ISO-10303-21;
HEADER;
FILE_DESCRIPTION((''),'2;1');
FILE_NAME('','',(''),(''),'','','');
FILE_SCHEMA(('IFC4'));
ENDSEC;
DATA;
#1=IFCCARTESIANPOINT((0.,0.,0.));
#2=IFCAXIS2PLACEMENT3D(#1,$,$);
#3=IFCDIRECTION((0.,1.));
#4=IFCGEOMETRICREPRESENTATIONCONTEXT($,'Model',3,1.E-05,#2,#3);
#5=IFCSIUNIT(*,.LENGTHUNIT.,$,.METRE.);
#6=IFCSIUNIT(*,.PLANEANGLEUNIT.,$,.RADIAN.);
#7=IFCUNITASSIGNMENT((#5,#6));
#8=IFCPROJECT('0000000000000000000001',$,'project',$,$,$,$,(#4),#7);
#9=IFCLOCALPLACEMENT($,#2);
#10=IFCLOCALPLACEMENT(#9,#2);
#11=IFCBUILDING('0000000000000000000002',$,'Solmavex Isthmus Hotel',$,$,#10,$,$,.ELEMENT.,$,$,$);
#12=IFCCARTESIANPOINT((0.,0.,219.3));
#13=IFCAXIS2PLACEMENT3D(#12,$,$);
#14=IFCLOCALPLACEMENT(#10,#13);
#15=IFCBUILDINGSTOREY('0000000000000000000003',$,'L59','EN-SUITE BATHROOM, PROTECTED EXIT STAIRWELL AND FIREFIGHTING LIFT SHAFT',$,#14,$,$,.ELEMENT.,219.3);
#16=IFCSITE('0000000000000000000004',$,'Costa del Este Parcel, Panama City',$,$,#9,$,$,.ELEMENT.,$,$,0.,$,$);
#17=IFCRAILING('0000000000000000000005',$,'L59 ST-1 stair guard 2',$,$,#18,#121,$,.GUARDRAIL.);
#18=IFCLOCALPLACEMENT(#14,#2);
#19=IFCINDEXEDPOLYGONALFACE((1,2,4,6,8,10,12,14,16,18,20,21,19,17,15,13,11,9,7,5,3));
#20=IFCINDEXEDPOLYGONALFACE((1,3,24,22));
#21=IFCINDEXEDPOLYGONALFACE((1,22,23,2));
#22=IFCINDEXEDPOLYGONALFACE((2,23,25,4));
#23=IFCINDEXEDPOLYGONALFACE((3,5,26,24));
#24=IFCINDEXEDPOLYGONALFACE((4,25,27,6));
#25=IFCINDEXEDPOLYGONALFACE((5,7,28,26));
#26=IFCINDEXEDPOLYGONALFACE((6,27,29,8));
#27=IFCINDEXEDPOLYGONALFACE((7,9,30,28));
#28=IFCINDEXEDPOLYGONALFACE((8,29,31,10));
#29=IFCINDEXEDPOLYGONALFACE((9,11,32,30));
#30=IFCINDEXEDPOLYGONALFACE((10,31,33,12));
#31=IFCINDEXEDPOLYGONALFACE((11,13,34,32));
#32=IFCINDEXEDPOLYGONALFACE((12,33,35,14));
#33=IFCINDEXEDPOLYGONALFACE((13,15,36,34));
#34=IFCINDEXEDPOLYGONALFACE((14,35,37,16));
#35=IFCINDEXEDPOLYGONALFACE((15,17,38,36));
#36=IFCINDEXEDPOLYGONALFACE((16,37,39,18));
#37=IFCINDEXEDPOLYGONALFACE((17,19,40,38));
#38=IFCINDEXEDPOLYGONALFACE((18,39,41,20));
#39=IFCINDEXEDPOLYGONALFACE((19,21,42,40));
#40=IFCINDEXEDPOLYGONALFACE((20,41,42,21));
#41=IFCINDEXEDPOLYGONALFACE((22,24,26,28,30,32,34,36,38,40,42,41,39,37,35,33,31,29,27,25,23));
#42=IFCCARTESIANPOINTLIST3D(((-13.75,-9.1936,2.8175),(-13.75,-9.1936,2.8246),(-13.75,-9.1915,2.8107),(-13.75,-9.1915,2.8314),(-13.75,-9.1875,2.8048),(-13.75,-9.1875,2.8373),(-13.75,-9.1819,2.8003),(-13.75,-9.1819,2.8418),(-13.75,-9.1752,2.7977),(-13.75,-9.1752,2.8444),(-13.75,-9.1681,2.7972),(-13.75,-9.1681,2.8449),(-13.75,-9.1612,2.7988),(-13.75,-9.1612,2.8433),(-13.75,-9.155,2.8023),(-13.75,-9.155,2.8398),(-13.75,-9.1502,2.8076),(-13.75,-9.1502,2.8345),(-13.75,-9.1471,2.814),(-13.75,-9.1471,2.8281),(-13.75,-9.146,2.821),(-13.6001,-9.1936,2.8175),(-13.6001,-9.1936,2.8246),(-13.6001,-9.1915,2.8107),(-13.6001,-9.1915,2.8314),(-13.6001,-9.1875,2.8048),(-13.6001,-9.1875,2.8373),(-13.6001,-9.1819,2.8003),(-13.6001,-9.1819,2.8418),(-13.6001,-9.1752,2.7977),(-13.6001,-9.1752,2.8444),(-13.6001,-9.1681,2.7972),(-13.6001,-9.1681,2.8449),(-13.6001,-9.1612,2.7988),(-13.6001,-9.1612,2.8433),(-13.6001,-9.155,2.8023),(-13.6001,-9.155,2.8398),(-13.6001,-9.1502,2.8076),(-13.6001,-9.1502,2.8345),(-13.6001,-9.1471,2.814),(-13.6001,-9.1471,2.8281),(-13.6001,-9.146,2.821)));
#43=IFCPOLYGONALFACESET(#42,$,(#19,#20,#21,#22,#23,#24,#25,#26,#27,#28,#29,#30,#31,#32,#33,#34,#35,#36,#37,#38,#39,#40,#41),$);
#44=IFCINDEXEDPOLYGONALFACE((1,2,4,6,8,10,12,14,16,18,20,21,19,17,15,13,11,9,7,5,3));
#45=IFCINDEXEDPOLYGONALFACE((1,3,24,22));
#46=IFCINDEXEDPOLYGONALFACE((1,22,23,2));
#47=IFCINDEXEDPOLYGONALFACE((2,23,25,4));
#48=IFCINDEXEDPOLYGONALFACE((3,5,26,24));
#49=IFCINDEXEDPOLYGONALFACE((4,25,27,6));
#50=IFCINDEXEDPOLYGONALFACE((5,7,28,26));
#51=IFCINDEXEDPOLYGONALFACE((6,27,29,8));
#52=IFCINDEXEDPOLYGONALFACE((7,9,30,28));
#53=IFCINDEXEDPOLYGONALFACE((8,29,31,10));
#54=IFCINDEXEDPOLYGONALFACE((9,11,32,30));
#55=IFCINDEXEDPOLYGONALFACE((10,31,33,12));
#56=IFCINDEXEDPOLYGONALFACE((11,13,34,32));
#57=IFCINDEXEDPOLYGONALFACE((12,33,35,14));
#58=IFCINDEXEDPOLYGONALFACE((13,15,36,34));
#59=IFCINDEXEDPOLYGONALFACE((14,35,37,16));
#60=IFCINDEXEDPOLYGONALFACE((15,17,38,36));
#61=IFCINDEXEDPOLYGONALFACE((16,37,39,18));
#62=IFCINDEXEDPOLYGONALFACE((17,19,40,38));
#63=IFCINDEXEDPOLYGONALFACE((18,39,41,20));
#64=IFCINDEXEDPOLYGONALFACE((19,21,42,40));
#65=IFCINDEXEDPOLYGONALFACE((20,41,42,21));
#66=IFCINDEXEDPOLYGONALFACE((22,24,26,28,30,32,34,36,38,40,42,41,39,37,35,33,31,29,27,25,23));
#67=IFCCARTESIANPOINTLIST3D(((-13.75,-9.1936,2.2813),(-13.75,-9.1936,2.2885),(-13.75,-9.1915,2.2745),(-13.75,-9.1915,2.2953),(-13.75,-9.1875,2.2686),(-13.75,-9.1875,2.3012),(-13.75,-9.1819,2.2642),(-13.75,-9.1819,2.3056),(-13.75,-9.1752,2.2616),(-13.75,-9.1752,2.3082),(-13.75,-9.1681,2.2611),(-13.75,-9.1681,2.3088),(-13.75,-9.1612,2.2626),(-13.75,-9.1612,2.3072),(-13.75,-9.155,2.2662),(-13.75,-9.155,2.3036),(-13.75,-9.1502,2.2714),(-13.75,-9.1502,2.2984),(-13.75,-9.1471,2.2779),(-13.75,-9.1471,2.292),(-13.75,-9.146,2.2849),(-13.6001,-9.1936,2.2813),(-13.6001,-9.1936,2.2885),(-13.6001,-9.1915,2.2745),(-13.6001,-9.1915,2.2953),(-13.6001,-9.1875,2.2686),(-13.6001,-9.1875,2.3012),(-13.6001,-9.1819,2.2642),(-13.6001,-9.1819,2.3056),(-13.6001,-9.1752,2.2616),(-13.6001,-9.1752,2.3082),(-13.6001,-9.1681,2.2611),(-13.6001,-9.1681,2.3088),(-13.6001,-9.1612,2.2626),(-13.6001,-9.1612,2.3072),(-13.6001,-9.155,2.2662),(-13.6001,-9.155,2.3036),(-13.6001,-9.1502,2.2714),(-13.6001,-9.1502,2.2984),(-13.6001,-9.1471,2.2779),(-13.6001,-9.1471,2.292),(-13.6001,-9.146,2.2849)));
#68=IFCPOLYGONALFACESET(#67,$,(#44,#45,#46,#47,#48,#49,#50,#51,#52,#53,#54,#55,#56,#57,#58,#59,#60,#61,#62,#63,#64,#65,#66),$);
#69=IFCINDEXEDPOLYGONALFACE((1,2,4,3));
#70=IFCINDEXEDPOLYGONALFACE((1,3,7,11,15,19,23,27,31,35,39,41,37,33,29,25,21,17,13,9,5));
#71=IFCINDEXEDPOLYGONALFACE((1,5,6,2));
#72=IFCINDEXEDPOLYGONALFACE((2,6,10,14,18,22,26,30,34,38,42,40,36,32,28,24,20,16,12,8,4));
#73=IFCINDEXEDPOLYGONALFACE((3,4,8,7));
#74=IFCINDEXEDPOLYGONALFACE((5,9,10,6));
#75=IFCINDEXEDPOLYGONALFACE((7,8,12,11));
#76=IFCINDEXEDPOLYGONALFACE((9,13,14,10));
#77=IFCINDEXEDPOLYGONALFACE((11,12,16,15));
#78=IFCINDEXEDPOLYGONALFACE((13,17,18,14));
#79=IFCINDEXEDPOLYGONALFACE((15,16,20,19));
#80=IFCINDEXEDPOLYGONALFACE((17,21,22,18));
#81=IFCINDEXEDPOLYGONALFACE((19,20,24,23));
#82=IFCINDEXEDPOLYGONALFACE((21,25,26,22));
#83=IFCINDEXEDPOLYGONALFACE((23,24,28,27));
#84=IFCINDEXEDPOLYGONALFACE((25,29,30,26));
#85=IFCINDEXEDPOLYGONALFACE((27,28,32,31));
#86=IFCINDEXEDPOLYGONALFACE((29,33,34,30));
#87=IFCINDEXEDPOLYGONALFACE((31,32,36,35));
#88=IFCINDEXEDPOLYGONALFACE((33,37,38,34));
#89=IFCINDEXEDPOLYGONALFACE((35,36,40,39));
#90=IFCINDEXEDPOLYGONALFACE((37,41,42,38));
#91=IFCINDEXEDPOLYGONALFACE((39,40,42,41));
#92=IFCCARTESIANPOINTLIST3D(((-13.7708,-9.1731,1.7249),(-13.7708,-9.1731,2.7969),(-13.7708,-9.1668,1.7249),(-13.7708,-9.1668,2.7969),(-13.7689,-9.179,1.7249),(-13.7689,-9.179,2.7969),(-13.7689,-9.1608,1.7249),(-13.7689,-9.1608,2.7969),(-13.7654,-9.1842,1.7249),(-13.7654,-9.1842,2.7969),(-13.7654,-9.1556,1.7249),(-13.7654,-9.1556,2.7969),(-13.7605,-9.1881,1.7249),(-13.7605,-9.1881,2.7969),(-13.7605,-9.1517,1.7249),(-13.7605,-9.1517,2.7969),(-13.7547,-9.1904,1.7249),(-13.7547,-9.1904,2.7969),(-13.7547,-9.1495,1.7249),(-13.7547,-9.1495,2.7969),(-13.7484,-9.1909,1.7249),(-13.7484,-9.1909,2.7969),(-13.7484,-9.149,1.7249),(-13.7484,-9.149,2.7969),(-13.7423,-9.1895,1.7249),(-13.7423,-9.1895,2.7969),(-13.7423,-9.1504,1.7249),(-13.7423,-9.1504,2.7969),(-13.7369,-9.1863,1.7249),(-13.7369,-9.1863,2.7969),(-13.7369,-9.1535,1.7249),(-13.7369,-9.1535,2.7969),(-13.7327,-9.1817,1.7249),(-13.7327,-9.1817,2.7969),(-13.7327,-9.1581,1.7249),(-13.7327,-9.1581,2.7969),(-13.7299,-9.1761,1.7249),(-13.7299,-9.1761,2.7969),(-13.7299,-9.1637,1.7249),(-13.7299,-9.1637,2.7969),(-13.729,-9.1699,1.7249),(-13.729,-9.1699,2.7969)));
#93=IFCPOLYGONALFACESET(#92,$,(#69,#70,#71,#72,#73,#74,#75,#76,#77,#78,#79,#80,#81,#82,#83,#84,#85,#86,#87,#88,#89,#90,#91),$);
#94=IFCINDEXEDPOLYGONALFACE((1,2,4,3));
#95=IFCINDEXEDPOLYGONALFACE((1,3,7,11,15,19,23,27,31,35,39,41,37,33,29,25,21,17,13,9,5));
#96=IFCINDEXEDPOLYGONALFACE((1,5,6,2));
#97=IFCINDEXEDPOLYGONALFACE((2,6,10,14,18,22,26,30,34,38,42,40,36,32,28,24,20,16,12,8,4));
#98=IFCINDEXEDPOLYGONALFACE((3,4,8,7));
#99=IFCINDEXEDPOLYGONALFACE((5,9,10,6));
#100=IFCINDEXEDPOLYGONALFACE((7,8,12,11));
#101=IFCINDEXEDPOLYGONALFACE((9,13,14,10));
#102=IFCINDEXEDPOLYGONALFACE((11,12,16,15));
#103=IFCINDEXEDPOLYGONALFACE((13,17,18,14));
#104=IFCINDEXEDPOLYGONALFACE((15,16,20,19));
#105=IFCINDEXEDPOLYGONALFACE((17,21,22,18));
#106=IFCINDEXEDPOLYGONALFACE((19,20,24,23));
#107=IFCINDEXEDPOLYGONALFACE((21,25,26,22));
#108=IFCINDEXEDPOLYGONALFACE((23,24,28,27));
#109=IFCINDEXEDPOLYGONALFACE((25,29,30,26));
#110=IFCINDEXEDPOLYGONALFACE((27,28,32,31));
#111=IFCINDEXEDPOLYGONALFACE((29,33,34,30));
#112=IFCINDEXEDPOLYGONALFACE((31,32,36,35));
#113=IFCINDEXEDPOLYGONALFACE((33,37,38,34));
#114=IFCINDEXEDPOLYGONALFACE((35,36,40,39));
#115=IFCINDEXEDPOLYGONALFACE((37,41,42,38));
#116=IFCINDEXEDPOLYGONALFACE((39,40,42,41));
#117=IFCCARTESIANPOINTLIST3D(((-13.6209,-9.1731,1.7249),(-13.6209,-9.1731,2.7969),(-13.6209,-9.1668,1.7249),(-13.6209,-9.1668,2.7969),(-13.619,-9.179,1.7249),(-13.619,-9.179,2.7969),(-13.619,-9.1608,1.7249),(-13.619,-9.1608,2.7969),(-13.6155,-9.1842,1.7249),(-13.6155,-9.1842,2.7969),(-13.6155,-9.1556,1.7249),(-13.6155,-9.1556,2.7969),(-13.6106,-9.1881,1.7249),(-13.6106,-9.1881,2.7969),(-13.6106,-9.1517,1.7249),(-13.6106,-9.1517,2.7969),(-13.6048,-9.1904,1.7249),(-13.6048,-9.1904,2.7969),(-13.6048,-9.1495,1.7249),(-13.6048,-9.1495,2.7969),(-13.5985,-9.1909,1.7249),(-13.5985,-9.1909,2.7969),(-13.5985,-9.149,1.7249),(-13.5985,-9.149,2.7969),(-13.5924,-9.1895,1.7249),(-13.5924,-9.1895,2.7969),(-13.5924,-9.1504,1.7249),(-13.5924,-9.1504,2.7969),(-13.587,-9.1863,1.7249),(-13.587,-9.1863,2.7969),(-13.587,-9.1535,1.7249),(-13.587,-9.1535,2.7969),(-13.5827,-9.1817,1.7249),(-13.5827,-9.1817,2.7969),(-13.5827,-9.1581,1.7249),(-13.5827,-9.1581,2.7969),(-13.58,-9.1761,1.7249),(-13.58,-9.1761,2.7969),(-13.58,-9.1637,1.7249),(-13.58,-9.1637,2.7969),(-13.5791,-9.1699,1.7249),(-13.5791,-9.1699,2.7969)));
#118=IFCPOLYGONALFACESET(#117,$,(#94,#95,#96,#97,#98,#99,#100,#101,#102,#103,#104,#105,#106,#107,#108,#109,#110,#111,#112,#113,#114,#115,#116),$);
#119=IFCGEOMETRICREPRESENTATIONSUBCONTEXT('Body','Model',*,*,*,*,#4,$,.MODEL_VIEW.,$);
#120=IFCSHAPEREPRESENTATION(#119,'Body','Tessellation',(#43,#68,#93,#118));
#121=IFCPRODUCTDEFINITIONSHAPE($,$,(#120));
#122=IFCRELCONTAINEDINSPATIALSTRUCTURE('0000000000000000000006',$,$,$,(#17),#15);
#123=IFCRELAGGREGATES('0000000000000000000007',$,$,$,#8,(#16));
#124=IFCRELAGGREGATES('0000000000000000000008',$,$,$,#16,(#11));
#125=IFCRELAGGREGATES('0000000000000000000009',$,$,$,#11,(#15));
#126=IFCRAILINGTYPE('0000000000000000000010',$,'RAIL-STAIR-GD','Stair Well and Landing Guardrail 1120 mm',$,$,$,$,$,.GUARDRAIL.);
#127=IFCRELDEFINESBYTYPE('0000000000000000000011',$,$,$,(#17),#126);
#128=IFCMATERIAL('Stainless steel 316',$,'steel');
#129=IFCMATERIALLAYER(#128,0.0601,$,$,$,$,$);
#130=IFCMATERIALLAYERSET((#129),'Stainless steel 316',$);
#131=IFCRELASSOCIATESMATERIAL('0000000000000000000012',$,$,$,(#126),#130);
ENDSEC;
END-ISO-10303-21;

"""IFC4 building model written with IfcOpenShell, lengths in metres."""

from ifc_helpers import new_model, si_unit, direction, frame, origin, origin_2d, place, context, subcontext, project, spatial, circle, extrude, material, layer, layer_set, type_object, element, save


model = new_model("IFC4")

# Units and contexts
model_context = context("Model", 3, precision=1e-05, world=origin(), true_north=direction((0.0, 1.0)))
body_context = subcontext(model_context, "Body", "Model", "MODEL_VIEW")
ifc_project = project(units=[si_unit("LENGTHUNIT", "METRE"), si_unit("PLANEANGLEUNIT", "RADIAN")], contexts=[model_context])

# Site, building, storey
site_placement = place(None, origin())
site = spatial("IfcSite", under=ifc_project, at=site_placement, Name="Costa del Este Parcel, Panama City", CompositionType="ELEMENT", RefElevation=0.0)
building_placement = place(site_placement, origin())
building = spatial("IfcBuilding", under=site, at=building_placement, Name="Solmavex Isthmus Hotel", CompositionType="ELEMENT")
storey_placement = place(building_placement, frame((0.0, 0.0, 219.3)))
storey = spatial("IfcBuildingStorey", under=building, at=storey_placement, Name="L59", Description="EN-SUITE BATHROOM, PROTECTED EXIT STAIRWELL AND FIREFIGHTING LIFT SHAFT", CompositionType="ELEMENT", Elevation=219.3)

# Railing
ifc_material_1 = material(Name="Stainless steel 316", Category="steel")
ifc_layer_1 = layer(ifc_material_1, 0.0601)
ifc_layer_set_1 = layer_set([ifc_layer_1], Name="Stainless steel 316")
railing_type = type_object("IfcRailingType", Name="RAIL-STAIR-GD", Description="Stair Well and Landing Guardrail 1120 mm", PredefinedType="GUARDRAIL", material=ifc_layer_set_1)
railing_1_placement = place(storey_placement, frame((-13.75, -9.1699, 1.7249)))
element("IfcRailing", 1, at=railing_1_placement, inside=storey, type_object=railing_type, Name="L59 ST-1 stair guard 2", PredefinedType="GUARDRAIL", context=body_context, shape_type="SweptSolid", body=[
    extrude(circle(Radius=0.0239, at=origin_2d()), frame((0.0, 0.0, 1.0962), z_axis=(1.0, 0.0, 0.0), x_axis=(0.0, 1.0, 0.0)), (0.0, 0.0, 1.0), 0.1499),
    extrude(circle(Radius=0.0239, at=origin_2d()), frame((0.0, 0.0, 0.5601), z_axis=(1.0, 0.0, 0.0), x_axis=(0.0, 1.0, 0.0)), (0.0, 0.0, 1.0), 0.1499),
    extrude(circle(Radius=0.021, at=origin_2d()), origin(), (0.0, 0.0, 1.0), 1.072),
    extrude(circle(Radius=0.021, at=origin_2d()), frame((0.1499, 0.0, 0.0)), (0.0, 0.0, 1.0), 1.072),
])

save(model, "model.ifc")
